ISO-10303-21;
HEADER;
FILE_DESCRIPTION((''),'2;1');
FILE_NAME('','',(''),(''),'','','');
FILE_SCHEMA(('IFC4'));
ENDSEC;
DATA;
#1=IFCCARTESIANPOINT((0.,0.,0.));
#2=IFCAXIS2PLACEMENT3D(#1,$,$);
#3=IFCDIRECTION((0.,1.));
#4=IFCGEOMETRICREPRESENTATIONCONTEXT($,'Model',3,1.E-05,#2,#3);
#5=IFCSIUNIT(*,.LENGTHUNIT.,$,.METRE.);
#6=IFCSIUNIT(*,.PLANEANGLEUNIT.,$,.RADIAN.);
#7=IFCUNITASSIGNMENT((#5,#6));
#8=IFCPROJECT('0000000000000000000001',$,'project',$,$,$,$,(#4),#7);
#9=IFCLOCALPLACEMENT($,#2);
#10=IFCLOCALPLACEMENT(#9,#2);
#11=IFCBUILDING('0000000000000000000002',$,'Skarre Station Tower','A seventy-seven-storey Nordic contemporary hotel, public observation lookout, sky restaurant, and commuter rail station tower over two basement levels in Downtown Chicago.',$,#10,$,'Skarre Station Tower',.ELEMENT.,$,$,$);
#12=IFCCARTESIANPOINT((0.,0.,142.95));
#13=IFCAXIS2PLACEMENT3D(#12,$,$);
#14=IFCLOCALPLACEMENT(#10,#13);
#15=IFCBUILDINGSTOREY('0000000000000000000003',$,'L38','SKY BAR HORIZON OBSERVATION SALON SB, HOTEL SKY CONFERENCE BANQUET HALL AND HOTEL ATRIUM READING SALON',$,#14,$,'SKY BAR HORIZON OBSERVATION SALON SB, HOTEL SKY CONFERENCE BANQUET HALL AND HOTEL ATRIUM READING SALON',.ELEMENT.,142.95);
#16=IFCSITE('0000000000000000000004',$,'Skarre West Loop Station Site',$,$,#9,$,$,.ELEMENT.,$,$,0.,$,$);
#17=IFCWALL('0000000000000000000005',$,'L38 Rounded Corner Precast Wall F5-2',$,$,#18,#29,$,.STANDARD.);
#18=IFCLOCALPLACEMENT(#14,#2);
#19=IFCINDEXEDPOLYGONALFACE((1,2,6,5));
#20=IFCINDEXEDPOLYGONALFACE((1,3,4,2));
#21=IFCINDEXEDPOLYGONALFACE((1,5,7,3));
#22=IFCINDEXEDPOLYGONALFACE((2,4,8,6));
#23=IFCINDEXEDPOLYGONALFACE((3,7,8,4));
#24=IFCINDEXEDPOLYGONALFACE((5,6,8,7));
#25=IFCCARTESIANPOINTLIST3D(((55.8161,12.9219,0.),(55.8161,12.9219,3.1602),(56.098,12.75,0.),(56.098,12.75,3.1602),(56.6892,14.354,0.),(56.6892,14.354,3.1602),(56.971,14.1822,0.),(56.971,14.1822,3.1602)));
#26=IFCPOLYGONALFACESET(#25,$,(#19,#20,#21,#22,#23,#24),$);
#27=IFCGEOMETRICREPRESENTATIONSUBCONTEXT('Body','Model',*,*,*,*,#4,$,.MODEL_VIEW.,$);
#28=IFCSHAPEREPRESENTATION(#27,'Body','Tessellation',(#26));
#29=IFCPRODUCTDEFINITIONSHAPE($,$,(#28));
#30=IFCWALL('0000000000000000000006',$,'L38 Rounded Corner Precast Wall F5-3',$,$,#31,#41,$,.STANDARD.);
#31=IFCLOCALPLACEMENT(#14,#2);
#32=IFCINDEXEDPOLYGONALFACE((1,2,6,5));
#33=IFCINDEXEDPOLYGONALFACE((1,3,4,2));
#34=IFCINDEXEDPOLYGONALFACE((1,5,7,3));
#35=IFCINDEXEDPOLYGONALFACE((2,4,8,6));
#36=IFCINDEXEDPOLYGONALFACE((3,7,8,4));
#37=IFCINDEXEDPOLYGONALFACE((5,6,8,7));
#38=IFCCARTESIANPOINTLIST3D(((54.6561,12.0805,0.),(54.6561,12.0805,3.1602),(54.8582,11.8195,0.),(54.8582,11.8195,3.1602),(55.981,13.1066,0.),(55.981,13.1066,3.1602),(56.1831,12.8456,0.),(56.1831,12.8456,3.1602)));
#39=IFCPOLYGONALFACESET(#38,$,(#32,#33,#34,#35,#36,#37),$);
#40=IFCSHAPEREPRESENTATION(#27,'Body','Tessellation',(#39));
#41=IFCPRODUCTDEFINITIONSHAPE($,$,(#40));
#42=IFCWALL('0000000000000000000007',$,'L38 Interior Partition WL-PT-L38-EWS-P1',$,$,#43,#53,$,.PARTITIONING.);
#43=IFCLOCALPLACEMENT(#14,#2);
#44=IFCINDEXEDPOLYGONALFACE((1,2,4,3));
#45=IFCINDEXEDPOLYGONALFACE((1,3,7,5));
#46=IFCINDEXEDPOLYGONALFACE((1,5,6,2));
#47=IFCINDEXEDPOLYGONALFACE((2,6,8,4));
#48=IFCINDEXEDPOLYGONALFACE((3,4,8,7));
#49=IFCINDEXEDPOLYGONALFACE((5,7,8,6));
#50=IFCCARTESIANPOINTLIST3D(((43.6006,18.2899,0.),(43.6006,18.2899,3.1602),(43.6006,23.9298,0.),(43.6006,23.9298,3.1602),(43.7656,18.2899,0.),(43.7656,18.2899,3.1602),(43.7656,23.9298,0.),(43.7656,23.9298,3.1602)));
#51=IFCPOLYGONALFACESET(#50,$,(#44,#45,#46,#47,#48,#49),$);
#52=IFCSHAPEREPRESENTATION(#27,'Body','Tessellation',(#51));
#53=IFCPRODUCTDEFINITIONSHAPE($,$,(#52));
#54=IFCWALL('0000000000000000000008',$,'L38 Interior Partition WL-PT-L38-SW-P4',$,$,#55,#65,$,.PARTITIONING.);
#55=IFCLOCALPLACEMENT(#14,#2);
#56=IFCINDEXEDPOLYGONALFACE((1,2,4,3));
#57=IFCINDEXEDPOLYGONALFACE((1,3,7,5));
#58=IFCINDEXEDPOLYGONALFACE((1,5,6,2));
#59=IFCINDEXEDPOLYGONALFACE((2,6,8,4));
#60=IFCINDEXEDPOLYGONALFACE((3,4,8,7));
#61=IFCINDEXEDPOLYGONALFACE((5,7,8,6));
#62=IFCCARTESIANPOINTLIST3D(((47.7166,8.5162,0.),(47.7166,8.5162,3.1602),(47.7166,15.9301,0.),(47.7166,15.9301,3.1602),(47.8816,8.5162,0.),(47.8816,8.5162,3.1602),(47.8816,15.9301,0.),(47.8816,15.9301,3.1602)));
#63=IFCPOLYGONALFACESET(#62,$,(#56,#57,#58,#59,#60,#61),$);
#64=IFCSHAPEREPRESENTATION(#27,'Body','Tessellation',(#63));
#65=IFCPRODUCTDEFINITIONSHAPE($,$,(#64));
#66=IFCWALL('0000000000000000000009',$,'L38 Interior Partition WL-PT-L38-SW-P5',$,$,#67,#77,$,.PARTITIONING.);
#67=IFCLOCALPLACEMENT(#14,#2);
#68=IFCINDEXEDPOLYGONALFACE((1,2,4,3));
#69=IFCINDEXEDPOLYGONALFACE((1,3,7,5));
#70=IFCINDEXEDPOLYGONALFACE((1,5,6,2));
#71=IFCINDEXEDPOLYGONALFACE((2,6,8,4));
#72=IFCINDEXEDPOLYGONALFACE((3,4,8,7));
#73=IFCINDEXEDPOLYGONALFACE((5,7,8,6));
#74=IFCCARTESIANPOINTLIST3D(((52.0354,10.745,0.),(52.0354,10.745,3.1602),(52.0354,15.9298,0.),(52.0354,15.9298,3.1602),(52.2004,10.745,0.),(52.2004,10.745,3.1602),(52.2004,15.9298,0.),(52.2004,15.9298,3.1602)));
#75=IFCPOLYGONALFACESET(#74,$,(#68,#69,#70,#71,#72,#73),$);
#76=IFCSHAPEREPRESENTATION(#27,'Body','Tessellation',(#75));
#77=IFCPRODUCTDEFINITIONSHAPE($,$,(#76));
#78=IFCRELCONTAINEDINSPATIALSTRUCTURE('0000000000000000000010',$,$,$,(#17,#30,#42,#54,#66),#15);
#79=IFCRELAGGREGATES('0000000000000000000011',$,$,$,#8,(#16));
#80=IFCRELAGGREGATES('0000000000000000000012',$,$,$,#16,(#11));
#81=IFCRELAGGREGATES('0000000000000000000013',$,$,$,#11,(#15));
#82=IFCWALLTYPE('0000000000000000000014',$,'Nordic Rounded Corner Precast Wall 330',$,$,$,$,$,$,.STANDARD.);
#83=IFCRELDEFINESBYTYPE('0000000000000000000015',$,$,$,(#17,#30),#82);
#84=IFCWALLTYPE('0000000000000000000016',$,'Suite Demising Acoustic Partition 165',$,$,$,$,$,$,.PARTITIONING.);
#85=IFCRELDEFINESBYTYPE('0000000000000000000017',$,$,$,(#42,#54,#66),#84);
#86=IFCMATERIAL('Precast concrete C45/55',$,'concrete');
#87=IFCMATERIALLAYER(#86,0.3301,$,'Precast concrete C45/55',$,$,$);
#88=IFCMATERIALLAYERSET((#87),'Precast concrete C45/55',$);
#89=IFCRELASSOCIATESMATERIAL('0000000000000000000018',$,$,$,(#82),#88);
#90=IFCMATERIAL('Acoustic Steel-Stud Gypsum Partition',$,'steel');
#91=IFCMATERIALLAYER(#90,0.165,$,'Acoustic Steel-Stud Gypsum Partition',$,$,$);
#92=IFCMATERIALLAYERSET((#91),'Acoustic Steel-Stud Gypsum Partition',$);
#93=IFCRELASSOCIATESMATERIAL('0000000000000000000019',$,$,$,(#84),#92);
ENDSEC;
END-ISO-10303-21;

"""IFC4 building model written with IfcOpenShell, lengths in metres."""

from ifc_helpers import new_model, si_unit, direction, frame, frame_2d, origin, place, context, subcontext, project, spatial, rectangle, extrude, material, layer, layer_set, type_object, element, save


model = new_model("IFC4")

# Units and contexts
model_context = context("Model", 3, precision=1e-05, world=origin(), true_north=direction((0.0, 1.0)))
body_context = subcontext(model_context, "Body", "Model", "MODEL_VIEW")
ifc_project = project(units=[si_unit("LENGTHUNIT", "METRE"), si_unit("PLANEANGLEUNIT", "RADIAN")], contexts=[model_context])

# Site, building, storey
site_placement = place(None, origin())
site = spatial("IfcSite", under=ifc_project, at=site_placement, Name="Skarre West Loop Station Site", CompositionType="ELEMENT", RefElevation=0.0)
building_placement = place(site_placement, origin())
building = spatial("IfcBuilding", under=site, at=building_placement, Name="Skarre Station Tower", Description="A seventy-seven-storey Nordic contemporary hotel, public observation lookout, sky restaurant, and commuter rail station tower over two basement levels in Downtown Chicago.", LongName="Skarre Station Tower", CompositionType="ELEMENT")
storey_placement = place(building_placement, frame((0.0, 0.0, 142.95)))
storey = spatial("IfcBuildingStorey", under=building, at=storey_placement, Name="L38", Description="SKY BAR HORIZON OBSERVATION SALON SB, HOTEL SKY CONFERENCE BANQUET HALL AND HOTEL ATRIUM READING SALON", LongName="SKY BAR HORIZON OBSERVATION SALON SB, HOTEL SKY CONFERENCE BANQUET HALL AND HOTEL ATRIUM READING SALON", CompositionType="ELEMENT", Elevation=142.95)

# Shared definitions
ifc_material_1 = material(Name="Acoustic Steel-Stud Gypsum Partition", Category="steel")

# Shared definitions
ifc_material_2 = material(Name="Precast concrete C45/55", Category="concrete")

# Walls
ifc_layer_1 = layer(ifc_material_2, 0.3301, Name="Precast concrete C45/55")
ifc_layer_set_1 = layer_set([ifc_layer_1], Name="Precast concrete C45/55")
wall_type_1 = type_object("IfcWallType", Name="Nordic Rounded Corner Precast Wall 330", PredefinedType="STANDARD", material=ifc_layer_set_1)
wall_1_placement = place(storey_placement, frame((56.8301, 14.2681, 0.0), z_axis=(0.0, 0.0, 1.0), x_axis=(-0.520519, -0.85385, 0.0)))
element("IfcWall", 1, at=wall_1_placement, inside=storey, type_object=wall_type_1, Name="L38 Rounded Corner Precast Wall F5-2", PredefinedType="STANDARD", context=body_context, shape_type="SweptSolid", body=[
    extrude(rectangle(XDim=1.6772, YDim=0.3301, at=frame_2d((0.8386, 0.0))), origin(), (0.0, 0.0, 1.0), 3.1602),
])
wall_2_placement = place(storey_placement, frame((56.082, 12.9761, 0.0), z_axis=(0.0, 0.0, 1.0), x_axis=(-0.790621, -0.612305, 0.0)))
element("IfcWall", 2, at=wall_2_placement, inside=storey, type_object=wall_type_1, Name="L38 Rounded Corner Precast Wall F5-3", PredefinedType="STANDARD", context=body_context, shape_type="SweptSolid", body=[
    extrude(rectangle(XDim=1.6758, YDim=0.3301, at=frame_2d((0.8379, 0.0))), origin(), (0.0, 0.0, 1.0), 3.1602),
])
ifc_layer_2 = layer(ifc_material_1, 0.165, Name="Acoustic Steel-Stud Gypsum Partition")
ifc_layer_set_2 = layer_set([ifc_layer_2], Name="Acoustic Steel-Stud Gypsum Partition")
wall_type_2 = type_object("IfcWallType", Name="Suite Demising Acoustic Partition 165", PredefinedType="PARTITIONING", material=ifc_layer_set_2)
wall_3_placement = place(storey_placement, frame((43.6831, 18.29, 0.0), z_axis=(0.0, 0.0, 1.0), x_axis=(0.0, 1.0, 0.0)))
element("IfcWall", 3, at=wall_3_placement, inside=storey, type_object=wall_type_2, Name="L38 Interior Partition WL-PT-L38-EWS-P1", PredefinedType="PARTITIONING", context=body_context, shape_type="SweptSolid", body=[
    extrude(rectangle(XDim=5.6399, YDim=0.165, at=frame_2d((2.8198, 0.0))), origin(), (0.0, 0.0, 1.0), 3.1602),
])
wall_4_placement = place(storey_placement, frame((47.7991, 8.5161, 0.0), z_axis=(0.0, 0.0, 1.0), x_axis=(0.0, 1.0, 0.0)))
element("IfcWall", 4, at=wall_4_placement, inside=storey, type_object=wall_type_2, Name="L38 Interior Partition WL-PT-L38-SW-P4", PredefinedType="PARTITIONING", context=body_context, shape_type="SweptSolid", body=[
    extrude(rectangle(XDim=7.4138, YDim=0.165, at=frame_2d((3.707, 0.0))), origin(), (0.0, 0.0, 1.0), 3.1602),
])
wall_5_placement = place(storey_placement, frame((52.1179, 10.7451, 0.0), z_axis=(0.0, 0.0, 1.0), x_axis=(0.0, 1.0, 0.0)))
element("IfcWall", 5, at=wall_5_placement, inside=storey, type_object=wall_type_2, Name="L38 Interior Partition WL-PT-L38-SW-P5", PredefinedType="PARTITIONING", context=body_context, shape_type="SweptSolid", body=[
    extrude(rectangle(XDim=5.1848, YDim=0.165, at=frame_2d((2.5923, 0.0))), origin(), (0.0, 0.0, 1.0), 3.1602),
])

save(model, "model.ifc")
